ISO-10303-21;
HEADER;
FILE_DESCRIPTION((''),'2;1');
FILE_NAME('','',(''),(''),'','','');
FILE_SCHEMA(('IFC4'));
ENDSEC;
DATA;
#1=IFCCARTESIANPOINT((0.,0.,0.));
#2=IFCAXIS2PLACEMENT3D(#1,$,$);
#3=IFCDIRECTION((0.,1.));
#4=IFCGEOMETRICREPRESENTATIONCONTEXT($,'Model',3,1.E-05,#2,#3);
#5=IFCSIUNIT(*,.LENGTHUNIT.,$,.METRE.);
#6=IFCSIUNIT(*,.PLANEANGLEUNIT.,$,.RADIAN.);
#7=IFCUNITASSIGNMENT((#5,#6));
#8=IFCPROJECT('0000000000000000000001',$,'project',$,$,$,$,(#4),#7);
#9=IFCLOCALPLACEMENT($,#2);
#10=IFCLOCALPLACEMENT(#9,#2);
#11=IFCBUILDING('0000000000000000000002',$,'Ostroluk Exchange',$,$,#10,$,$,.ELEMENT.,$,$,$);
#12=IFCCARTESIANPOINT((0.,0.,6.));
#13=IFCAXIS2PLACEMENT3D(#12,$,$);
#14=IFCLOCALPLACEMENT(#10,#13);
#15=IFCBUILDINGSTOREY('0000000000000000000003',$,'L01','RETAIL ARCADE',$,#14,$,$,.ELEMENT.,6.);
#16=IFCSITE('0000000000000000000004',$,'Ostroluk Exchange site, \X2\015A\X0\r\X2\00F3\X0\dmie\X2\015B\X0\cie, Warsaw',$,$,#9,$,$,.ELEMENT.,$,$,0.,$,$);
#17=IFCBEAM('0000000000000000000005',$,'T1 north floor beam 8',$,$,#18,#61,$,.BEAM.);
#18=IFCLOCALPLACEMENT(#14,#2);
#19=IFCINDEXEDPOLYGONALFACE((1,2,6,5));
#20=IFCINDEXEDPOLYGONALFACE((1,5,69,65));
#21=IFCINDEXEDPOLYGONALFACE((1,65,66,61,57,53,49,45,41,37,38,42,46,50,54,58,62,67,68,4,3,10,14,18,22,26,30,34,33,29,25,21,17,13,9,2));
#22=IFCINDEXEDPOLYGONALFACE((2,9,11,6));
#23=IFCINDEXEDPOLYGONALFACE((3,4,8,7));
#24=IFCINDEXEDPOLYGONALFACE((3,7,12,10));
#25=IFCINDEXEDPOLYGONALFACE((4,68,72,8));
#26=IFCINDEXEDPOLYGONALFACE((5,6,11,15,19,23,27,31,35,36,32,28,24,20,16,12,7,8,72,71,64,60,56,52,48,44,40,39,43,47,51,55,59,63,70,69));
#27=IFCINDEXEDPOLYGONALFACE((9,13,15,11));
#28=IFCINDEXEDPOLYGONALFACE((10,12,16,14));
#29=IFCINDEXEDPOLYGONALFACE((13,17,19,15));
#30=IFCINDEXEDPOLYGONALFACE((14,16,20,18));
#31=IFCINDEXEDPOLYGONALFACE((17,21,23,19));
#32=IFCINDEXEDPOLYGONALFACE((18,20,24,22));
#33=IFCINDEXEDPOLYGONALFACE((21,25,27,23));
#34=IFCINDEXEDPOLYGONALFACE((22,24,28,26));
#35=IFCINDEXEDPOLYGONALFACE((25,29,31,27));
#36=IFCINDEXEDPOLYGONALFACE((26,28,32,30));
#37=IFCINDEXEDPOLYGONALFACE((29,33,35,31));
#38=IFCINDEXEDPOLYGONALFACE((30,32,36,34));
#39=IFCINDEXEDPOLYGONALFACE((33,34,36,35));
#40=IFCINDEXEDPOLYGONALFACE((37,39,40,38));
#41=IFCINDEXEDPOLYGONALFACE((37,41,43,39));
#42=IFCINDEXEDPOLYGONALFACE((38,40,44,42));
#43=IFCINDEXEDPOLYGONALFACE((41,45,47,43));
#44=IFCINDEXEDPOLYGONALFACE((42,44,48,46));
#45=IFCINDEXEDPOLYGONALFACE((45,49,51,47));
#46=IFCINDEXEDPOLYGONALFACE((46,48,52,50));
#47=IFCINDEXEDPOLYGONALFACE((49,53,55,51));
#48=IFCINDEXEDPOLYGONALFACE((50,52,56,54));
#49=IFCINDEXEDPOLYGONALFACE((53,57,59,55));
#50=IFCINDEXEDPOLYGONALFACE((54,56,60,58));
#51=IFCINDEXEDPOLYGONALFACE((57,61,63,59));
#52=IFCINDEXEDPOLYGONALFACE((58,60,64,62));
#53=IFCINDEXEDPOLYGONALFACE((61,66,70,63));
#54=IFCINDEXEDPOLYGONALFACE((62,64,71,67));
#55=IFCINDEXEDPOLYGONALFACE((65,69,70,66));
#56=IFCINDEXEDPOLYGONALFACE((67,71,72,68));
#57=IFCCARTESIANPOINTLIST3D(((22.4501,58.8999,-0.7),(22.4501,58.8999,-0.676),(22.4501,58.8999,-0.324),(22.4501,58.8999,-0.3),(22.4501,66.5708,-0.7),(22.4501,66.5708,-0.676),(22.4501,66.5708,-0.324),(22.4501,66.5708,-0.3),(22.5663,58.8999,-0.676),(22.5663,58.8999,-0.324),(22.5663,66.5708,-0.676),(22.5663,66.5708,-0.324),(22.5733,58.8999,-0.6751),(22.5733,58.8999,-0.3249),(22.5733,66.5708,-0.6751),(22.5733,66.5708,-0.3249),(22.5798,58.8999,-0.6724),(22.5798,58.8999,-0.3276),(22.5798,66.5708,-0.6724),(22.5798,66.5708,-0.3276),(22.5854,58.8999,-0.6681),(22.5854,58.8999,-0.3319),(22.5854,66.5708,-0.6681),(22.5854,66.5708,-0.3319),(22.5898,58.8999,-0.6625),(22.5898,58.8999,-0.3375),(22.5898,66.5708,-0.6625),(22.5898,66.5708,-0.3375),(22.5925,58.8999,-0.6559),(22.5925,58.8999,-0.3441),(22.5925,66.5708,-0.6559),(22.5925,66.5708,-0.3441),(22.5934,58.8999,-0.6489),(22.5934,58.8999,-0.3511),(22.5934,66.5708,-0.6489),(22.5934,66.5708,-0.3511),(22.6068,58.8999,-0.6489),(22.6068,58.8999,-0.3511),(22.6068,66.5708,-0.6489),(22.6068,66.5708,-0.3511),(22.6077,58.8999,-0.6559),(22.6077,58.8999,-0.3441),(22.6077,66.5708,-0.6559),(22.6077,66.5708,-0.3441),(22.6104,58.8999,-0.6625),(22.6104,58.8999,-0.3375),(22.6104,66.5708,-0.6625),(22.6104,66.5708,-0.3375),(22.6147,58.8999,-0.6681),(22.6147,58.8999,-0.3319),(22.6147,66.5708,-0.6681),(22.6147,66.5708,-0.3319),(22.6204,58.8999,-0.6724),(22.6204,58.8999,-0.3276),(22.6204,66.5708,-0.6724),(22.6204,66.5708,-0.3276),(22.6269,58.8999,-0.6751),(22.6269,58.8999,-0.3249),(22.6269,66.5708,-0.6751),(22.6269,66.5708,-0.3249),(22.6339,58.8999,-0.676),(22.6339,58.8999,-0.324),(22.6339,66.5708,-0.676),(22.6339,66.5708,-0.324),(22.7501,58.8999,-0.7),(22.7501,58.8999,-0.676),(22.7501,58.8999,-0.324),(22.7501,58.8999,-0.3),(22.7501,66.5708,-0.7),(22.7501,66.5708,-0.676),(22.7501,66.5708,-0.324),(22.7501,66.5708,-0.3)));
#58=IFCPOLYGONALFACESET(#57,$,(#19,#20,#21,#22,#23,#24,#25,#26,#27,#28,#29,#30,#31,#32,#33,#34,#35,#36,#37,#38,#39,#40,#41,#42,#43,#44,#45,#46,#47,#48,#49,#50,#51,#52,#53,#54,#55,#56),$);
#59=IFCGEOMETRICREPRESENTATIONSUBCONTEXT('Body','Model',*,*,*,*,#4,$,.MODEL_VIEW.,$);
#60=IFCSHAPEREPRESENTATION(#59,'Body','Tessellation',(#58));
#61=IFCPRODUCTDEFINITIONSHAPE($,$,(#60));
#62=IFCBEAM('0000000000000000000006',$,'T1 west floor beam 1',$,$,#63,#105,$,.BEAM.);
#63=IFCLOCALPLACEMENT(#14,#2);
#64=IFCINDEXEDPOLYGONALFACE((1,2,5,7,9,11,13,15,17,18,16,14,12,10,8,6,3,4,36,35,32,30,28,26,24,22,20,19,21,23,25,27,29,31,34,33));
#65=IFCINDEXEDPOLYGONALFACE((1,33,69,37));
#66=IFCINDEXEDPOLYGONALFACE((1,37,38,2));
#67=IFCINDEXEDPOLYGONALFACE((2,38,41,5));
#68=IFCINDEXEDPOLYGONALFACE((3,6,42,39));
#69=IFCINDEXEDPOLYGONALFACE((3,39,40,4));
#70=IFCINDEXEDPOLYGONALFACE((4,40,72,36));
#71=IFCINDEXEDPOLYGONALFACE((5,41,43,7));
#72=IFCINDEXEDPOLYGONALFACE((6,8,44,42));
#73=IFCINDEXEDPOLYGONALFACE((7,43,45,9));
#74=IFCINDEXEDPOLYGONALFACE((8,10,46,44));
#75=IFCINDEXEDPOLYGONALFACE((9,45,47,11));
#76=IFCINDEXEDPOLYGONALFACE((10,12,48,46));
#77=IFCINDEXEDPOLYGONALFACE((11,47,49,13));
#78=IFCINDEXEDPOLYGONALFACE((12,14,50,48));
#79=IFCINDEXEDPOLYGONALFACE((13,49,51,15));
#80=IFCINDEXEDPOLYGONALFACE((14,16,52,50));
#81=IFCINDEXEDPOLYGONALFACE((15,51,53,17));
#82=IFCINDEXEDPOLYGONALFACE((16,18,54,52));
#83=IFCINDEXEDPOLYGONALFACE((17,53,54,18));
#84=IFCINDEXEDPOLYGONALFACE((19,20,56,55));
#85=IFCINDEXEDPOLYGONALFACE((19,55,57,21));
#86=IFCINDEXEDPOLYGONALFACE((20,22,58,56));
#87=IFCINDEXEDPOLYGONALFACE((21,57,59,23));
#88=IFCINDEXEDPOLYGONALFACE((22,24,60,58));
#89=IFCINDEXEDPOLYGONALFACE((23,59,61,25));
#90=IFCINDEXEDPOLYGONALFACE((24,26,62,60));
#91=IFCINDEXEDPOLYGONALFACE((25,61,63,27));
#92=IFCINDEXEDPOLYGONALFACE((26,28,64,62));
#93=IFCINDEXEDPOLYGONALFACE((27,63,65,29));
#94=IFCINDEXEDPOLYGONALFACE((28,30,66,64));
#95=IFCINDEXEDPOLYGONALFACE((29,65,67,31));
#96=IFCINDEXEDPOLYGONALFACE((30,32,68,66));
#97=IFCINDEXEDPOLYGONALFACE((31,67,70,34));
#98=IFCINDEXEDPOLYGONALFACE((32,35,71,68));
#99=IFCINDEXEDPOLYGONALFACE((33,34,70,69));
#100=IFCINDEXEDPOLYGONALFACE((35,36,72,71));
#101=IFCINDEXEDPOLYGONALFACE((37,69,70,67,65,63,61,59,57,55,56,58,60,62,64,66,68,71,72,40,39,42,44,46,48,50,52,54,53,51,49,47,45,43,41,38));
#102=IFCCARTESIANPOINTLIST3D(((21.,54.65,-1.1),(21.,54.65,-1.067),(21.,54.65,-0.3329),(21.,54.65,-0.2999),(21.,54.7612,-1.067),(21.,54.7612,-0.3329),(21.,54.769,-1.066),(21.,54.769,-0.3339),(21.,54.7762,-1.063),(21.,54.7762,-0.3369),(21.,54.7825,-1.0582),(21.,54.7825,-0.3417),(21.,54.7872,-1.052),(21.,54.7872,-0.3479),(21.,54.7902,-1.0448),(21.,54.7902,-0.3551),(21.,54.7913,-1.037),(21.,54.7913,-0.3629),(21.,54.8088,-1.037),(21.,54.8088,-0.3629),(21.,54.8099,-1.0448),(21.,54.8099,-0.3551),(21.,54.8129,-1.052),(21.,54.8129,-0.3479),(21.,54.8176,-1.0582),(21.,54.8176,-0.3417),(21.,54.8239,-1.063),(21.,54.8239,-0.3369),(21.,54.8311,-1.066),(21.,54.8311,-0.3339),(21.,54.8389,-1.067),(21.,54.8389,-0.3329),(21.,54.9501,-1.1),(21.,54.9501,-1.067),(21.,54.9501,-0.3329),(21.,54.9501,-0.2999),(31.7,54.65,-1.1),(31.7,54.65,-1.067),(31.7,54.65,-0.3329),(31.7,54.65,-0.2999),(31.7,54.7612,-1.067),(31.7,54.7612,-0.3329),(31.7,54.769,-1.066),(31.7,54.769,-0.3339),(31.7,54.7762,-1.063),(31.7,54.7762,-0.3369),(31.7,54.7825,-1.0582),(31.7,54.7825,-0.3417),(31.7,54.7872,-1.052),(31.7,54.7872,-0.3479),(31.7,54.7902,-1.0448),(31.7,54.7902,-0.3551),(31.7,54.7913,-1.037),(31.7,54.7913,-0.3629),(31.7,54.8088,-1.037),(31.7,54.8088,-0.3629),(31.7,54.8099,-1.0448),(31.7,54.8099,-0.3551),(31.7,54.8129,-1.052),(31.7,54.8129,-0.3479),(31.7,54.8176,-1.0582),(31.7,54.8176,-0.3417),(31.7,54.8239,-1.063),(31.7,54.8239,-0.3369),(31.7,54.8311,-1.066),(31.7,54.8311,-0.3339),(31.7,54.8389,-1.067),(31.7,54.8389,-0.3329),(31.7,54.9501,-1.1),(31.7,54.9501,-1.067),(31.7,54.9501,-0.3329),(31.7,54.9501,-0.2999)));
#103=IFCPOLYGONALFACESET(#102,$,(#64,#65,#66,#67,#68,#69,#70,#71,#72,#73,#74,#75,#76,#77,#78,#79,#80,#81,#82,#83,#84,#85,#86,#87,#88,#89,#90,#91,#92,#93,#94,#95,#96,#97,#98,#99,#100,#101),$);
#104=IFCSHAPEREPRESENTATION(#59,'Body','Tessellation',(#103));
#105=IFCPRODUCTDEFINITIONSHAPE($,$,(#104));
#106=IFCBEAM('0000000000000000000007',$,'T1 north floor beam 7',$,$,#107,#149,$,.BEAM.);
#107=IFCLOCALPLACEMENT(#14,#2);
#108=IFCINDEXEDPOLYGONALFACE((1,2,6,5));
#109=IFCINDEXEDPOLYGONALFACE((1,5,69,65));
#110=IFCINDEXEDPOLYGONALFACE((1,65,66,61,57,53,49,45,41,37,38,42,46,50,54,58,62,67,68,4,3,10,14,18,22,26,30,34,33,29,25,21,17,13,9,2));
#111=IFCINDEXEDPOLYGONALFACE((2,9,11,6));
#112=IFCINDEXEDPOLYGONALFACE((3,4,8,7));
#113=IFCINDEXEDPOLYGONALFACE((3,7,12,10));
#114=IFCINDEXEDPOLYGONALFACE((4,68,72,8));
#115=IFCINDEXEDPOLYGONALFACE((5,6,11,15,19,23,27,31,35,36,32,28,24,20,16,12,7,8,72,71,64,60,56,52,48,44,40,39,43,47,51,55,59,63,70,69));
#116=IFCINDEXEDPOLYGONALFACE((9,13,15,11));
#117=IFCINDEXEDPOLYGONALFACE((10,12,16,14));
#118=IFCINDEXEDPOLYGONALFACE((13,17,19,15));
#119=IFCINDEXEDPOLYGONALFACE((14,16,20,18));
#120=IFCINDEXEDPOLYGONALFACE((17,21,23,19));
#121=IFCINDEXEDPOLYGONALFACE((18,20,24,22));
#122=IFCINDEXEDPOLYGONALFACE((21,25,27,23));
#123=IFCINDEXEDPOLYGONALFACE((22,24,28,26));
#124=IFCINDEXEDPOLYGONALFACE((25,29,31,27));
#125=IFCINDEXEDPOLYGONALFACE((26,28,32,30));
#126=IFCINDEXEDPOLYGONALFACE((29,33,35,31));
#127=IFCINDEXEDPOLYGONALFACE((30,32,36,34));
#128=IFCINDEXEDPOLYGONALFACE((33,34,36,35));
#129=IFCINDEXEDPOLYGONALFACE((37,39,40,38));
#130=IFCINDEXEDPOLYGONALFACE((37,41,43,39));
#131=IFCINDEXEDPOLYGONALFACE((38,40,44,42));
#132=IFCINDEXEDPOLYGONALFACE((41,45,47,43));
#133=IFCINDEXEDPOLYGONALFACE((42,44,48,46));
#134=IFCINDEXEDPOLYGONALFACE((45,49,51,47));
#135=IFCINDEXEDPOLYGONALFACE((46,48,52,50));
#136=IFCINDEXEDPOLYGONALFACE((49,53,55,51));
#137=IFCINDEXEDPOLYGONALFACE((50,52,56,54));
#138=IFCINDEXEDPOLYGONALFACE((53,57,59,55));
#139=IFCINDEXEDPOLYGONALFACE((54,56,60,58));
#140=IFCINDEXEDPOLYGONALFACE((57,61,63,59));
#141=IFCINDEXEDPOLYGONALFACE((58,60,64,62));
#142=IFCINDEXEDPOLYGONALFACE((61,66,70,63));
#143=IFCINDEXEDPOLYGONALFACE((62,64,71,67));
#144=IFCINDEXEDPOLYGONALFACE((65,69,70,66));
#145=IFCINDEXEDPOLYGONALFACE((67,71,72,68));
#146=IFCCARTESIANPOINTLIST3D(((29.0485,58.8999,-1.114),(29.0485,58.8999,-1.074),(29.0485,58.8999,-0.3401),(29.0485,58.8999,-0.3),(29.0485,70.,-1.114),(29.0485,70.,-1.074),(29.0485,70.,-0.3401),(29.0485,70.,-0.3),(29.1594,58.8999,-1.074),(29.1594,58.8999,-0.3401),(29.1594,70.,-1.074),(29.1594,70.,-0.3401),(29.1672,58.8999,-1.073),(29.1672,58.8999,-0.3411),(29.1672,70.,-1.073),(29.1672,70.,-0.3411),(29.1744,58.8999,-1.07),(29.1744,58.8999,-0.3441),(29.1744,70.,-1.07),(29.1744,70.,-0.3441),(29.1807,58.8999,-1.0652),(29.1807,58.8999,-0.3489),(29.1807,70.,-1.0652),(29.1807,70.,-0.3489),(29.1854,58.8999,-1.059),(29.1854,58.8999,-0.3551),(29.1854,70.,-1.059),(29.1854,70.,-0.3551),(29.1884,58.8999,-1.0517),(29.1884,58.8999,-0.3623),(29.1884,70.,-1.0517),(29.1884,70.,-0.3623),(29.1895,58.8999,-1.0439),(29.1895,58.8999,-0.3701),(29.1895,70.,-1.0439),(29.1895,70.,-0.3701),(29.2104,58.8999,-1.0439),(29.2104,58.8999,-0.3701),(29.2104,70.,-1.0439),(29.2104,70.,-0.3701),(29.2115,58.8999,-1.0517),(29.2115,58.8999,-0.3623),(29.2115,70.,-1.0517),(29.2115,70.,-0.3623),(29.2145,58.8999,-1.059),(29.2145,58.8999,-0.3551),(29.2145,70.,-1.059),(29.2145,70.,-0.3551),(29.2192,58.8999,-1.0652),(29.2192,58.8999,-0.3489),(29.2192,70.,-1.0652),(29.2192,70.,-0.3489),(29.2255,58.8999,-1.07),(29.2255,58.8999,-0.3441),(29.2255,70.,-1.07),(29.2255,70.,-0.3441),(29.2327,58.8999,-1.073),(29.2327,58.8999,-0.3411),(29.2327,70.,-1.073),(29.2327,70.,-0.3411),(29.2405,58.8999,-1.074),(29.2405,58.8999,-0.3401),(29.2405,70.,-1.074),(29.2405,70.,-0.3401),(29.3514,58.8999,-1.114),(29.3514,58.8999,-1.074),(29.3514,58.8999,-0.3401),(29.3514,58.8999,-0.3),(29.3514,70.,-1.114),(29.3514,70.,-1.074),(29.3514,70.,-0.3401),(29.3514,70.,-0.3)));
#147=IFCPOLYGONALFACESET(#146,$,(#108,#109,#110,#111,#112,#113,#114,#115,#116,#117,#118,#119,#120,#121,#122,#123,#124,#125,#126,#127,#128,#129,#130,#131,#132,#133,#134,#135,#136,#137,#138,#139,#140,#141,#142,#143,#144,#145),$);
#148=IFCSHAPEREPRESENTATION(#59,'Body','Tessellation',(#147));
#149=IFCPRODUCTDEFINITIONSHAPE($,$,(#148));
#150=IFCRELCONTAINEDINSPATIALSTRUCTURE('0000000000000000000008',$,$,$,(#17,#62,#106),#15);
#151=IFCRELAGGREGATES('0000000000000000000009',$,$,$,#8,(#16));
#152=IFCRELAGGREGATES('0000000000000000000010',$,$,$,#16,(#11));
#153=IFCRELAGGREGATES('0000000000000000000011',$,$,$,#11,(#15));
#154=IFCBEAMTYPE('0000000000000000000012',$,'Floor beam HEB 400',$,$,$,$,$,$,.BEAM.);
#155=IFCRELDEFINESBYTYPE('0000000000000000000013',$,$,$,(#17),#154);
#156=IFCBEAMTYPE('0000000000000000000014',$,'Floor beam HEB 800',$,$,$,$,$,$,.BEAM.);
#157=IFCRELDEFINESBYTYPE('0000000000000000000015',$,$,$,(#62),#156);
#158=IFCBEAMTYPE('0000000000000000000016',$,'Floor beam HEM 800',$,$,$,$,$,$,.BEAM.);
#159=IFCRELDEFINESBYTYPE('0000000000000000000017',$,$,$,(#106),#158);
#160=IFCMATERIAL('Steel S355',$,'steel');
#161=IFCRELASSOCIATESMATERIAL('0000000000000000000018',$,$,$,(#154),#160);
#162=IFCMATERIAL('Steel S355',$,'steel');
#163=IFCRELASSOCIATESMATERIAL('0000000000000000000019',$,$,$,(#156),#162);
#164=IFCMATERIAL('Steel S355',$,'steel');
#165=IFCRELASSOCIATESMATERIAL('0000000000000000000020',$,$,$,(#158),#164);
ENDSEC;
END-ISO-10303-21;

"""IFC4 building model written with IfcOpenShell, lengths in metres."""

from ifc_helpers import new_model, si_unit, direction, frame, origin, origin_2d, place, context, subcontext, project, spatial, i_section, extrude, material, material_profile, profile_set, type_object, element, save


model = new_model("IFC4")

# Units and contexts
model_context = context("Model", 3, precision=1e-05, world=origin(), true_north=direction((0.0, 1.0)))
body_context = subcontext(model_context, "Body", "Model", "MODEL_VIEW")
ifc_project = project(units=[si_unit("LENGTHUNIT", "METRE"), si_unit("PLANEANGLEUNIT", "RADIAN")], contexts=[model_context])

# Site, building, storey
site_placement = place(None, origin())
site = spatial("IfcSite", under=ifc_project, at=site_placement, Name="Ostroluk Exchange site, Śródmieście, Warsaw", CompositionType="ELEMENT", RefElevation=0.0)
building_placement = place(site_placement, origin())
building = spatial("IfcBuilding", under=site, at=building_placement, Name="Ostroluk Exchange", CompositionType="ELEMENT")
storey_placement = place(building_placement, frame((0.0, 0.0, 6.0)))
storey = spatial("IfcBuildingStorey", under=building, at=storey_placement, Name="L01", Description="RETAIL ARCADE", CompositionType="ELEMENT", Elevation=6.0)

# Beams
ifc_material_1 = material(Name="Steel S355", Category="steel")
ifc_material_profile_1 = material_profile(ifc_material_1, i_section(OverallWidth=0.3, OverallDepth=0.3999, WebThickness=0.0134, FlangeThickness=0.0239, FilletRadius=0.0271, at=origin_2d()), Name="HEB 400")
ifc_profile_set_1 = profile_set([ifc_material_profile_1], Name="Steel S355")
beam_type_1 = type_object("IfcBeamType", Name="Floor beam HEB 400", PredefinedType="BEAM", material=ifc_profile_set_1)
beam_1_placement = place(storey_placement, frame((22.6001, 58.8999, -0.5), z_axis=(0.0, 1.0, 0.0), x_axis=(-1.0, 0.0, 0.0)))
element("IfcBeam", 1, at=beam_1_placement, inside=storey, type_object=beam_type_1, Name="T1 north floor beam 8", PredefinedType="BEAM", context=body_context, shape_type="SweptSolid", body=[
    extrude(i_section(OverallWidth=0.3, OverallDepth=0.3999, WebThickness=0.0134, FlangeThickness=0.0239, FilletRadius=0.0271, at=origin_2d()), origin(), (0.0, 0.0, 1.0), 7.6709),
])
ifc_material_2 = material(Name="Steel S355", Category="steel")
ifc_material_profile_2 = material_profile(ifc_material_2, i_section(OverallWidth=0.3, OverallDepth=0.8, WebThickness=0.0176, FlangeThickness=0.033, FilletRadius=0.03, at=origin_2d()), Name="HEB 800")
ifc_profile_set_2 = profile_set([ifc_material_profile_2], Name="Steel S355")
beam_type_2 = type_object("IfcBeamType", Name="Floor beam HEB 800", PredefinedType="BEAM", material=ifc_profile_set_2)
beam_2_placement = place(storey_placement, frame((31.7, 54.8, -0.7), z_axis=(-1.0, 0.0, 0.0), x_axis=(0.0, -1.0, 0.0)))
element("IfcBeam", 2, at=beam_2_placement, inside=storey, type_object=beam_type_2, Name="T1 west floor beam 1", PredefinedType="BEAM", context=body_context, shape_type="SweptSolid", body=[
    extrude(i_section(OverallWidth=0.3, OverallDepth=0.8, WebThickness=0.0176, FlangeThickness=0.033, FilletRadius=0.03, at=origin_2d()), origin(), (0.0, 0.0, 1.0), 10.7),
])
ifc_material_3 = material(Name="Steel S355", Category="steel")
ifc_material_profile_3 = material_profile(ifc_material_3, i_section(OverallWidth=0.303, OverallDepth=0.814, WebThickness=0.021, FlangeThickness=0.04, FilletRadius=0.03, at=origin_2d()), Name="HEM 800")
ifc_profile_set_3 = profile_set([ifc_material_profile_3], Name="Steel S355")
beam_type_3 = type_object("IfcBeamType", Name="Floor beam HEM 800", PredefinedType="BEAM", material=ifc_profile_set_3)
beam_3_placement = place(storey_placement, frame((29.2, 58.8999, -0.707), z_axis=(0.0, 1.0, 0.0), x_axis=(-1.0, 0.0, 0.0)))
element("IfcBeam", 3, at=beam_3_placement, inside=storey, type_object=beam_type_3, Name="T1 north floor beam 7", PredefinedType="BEAM", context=body_context, shape_type="SweptSolid", body=[
    extrude(i_section(OverallWidth=0.303, OverallDepth=0.814, WebThickness=0.021, FlangeThickness=0.04, FilletRadius=0.03, at=origin_2d()), origin(), (0.0, 0.0, 1.0), 11.1001),
])

save(model, "model.ifc")
